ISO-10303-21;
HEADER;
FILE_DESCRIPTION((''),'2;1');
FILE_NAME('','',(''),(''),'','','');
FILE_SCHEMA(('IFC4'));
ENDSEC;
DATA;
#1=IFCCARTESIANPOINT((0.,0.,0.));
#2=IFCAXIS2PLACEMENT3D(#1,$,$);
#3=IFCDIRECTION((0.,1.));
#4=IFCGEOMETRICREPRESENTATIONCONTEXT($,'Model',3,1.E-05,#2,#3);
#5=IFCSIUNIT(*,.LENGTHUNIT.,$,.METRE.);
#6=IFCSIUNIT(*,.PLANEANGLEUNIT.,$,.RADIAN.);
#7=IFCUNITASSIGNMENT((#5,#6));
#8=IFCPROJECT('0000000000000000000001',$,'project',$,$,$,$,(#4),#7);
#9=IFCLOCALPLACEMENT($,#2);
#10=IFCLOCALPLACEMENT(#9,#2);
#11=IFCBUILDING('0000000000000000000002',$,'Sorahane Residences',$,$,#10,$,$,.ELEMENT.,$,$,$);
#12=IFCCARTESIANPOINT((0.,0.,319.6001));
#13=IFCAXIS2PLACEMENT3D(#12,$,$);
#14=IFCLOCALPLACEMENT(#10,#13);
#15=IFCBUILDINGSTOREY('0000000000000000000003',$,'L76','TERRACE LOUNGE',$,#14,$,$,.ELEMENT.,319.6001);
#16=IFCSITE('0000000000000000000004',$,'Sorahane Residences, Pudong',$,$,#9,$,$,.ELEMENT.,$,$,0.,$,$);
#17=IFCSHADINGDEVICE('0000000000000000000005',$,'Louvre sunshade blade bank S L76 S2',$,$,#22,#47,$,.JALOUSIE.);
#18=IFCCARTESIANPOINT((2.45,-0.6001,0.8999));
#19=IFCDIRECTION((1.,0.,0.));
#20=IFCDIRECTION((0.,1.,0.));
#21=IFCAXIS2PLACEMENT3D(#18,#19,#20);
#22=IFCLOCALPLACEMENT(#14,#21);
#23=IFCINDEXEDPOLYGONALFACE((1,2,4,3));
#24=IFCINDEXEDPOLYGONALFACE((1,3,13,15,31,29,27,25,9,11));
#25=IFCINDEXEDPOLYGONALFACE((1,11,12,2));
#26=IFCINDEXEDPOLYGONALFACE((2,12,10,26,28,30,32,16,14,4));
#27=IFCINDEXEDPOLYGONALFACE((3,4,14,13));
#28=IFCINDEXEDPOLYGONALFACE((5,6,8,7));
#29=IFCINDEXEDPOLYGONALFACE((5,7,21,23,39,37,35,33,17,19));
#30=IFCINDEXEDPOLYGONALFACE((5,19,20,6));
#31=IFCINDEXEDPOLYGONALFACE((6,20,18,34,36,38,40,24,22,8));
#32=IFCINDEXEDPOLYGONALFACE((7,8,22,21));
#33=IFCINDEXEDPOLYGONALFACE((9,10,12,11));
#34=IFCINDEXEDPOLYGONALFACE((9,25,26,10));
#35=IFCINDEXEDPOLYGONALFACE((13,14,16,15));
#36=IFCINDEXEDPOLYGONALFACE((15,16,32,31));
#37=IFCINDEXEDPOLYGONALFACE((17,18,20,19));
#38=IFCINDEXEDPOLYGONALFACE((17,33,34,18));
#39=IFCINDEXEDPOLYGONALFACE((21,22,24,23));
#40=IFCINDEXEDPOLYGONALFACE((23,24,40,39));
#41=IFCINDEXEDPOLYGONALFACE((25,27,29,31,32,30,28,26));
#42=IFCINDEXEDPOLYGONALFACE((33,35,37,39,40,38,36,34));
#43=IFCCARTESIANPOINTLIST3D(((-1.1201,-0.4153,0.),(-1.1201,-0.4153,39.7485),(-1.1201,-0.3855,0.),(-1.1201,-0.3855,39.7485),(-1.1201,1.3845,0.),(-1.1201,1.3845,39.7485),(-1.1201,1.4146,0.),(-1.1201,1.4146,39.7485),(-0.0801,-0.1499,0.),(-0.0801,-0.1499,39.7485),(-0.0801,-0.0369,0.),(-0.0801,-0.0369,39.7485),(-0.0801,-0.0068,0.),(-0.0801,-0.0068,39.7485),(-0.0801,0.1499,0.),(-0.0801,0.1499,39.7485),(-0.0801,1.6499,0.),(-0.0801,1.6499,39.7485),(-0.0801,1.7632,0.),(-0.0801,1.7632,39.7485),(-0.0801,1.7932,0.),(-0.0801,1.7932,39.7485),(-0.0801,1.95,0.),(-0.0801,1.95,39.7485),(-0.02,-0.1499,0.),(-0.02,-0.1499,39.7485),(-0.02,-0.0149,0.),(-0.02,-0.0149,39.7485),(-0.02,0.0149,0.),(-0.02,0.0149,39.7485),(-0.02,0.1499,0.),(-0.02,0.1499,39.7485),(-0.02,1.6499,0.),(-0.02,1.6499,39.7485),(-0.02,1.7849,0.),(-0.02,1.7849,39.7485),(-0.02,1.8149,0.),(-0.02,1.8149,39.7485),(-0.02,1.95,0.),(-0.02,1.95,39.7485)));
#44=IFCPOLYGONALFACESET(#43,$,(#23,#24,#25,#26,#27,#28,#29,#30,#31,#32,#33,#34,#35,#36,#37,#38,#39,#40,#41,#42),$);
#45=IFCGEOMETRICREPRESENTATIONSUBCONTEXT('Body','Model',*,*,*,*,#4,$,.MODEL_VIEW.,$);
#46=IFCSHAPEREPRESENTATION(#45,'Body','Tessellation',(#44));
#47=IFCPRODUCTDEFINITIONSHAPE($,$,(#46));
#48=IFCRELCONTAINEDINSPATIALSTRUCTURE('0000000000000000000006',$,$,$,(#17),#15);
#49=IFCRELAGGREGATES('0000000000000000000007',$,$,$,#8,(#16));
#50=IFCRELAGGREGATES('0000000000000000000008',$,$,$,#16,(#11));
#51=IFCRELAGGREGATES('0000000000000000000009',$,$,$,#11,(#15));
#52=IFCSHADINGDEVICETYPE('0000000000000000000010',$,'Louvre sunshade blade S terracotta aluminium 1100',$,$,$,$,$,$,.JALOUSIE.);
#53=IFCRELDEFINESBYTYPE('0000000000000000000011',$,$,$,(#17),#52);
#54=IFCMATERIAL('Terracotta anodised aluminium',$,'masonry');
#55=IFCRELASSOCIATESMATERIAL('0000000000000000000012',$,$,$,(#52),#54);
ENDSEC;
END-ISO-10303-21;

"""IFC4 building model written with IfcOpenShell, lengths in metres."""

from ifc_helpers import new_model, si_unit, direction, frame, origin, place, context, subcontext, project, spatial, polyline, outline, composite_profile, extrude, material, type_object, element, save


model = new_model("IFC4")

# Units and contexts
model_context = context("Model", 3, precision=1e-05, world=origin(), true_north=direction((0.0, 1.0)))
body_context = subcontext(model_context, "Body", "Model", "MODEL_VIEW")
ifc_project = project(units=[si_unit("LENGTHUNIT", "METRE"), si_unit("PLANEANGLEUNIT", "RADIAN")], contexts=[model_context])

# Site, building, storey
site_placement = place(None, origin())
site = spatial("IfcSite", under=ifc_project, at=site_placement, Name="Sorahane Residences, Pudong", CompositionType="ELEMENT", RefElevation=0.0)
building_placement = place(site_placement, origin())
building = spatial("IfcBuilding", under=site, at=building_placement, Name="Sorahane Residences", CompositionType="ELEMENT")
storey_placement = place(building_placement, frame((0.0, 0.0, 319.6001)))
storey = spatial("IfcBuildingStorey", under=building, at=storey_placement, Name="L76", Description="TERRACE LOUNGE", CompositionType="ELEMENT", Elevation=319.6001)

# Shading device
ifc_material_1 = material(Name="Terracotta anodised aluminium", Category="masonry")
shading_device_type = type_object("IfcShadingDeviceType", Name="Louvre sunshade blade S terracotta aluminium 1100", PredefinedType="JALOUSIE", material=ifc_material_1)
shading_device_placement = place(storey_placement, frame((2.45, -0.6001, 0.8999), z_axis=(1.0, 0.0, 0.0), x_axis=(0.0, 1.0, 0.0)))
element("IfcShadingDevice", 1, at=shading_device_placement, inside=storey, type_object=shading_device_type, Name="Louvre sunshade blade bank S L76 S2", PredefinedType="JALOUSIE", context=body_context, shape_type="SweptSolid", body=[
    extrude(composite_profile([outline(polyline([(-1.1201, -0.3855), (-1.1201, -0.4153), (-0.0801, -0.0369), (-0.0801, -0.1499), (-0.02, -0.1499), (-0.02, -0.0149), (-0.02, 0.0149), (-0.02, 0.1499), (-0.0801, 0.1499), (-0.0801, -0.0068), (-1.1201, -0.3855)])), outline(polyline([(-1.1201, 1.4146), (-1.1201, 1.3845), (-0.0801, 1.7632), (-0.0801, 1.6499), (-0.02, 1.6499), (-0.02, 1.7849), (-0.02, 1.8149), (-0.02, 1.95), (-0.0801, 1.95), (-0.0801, 1.7932), (-1.1201, 1.4146)]))]), origin(), (0.0, 0.0, 1.0), 39.7485),
])

save(model, "model.ifc")
